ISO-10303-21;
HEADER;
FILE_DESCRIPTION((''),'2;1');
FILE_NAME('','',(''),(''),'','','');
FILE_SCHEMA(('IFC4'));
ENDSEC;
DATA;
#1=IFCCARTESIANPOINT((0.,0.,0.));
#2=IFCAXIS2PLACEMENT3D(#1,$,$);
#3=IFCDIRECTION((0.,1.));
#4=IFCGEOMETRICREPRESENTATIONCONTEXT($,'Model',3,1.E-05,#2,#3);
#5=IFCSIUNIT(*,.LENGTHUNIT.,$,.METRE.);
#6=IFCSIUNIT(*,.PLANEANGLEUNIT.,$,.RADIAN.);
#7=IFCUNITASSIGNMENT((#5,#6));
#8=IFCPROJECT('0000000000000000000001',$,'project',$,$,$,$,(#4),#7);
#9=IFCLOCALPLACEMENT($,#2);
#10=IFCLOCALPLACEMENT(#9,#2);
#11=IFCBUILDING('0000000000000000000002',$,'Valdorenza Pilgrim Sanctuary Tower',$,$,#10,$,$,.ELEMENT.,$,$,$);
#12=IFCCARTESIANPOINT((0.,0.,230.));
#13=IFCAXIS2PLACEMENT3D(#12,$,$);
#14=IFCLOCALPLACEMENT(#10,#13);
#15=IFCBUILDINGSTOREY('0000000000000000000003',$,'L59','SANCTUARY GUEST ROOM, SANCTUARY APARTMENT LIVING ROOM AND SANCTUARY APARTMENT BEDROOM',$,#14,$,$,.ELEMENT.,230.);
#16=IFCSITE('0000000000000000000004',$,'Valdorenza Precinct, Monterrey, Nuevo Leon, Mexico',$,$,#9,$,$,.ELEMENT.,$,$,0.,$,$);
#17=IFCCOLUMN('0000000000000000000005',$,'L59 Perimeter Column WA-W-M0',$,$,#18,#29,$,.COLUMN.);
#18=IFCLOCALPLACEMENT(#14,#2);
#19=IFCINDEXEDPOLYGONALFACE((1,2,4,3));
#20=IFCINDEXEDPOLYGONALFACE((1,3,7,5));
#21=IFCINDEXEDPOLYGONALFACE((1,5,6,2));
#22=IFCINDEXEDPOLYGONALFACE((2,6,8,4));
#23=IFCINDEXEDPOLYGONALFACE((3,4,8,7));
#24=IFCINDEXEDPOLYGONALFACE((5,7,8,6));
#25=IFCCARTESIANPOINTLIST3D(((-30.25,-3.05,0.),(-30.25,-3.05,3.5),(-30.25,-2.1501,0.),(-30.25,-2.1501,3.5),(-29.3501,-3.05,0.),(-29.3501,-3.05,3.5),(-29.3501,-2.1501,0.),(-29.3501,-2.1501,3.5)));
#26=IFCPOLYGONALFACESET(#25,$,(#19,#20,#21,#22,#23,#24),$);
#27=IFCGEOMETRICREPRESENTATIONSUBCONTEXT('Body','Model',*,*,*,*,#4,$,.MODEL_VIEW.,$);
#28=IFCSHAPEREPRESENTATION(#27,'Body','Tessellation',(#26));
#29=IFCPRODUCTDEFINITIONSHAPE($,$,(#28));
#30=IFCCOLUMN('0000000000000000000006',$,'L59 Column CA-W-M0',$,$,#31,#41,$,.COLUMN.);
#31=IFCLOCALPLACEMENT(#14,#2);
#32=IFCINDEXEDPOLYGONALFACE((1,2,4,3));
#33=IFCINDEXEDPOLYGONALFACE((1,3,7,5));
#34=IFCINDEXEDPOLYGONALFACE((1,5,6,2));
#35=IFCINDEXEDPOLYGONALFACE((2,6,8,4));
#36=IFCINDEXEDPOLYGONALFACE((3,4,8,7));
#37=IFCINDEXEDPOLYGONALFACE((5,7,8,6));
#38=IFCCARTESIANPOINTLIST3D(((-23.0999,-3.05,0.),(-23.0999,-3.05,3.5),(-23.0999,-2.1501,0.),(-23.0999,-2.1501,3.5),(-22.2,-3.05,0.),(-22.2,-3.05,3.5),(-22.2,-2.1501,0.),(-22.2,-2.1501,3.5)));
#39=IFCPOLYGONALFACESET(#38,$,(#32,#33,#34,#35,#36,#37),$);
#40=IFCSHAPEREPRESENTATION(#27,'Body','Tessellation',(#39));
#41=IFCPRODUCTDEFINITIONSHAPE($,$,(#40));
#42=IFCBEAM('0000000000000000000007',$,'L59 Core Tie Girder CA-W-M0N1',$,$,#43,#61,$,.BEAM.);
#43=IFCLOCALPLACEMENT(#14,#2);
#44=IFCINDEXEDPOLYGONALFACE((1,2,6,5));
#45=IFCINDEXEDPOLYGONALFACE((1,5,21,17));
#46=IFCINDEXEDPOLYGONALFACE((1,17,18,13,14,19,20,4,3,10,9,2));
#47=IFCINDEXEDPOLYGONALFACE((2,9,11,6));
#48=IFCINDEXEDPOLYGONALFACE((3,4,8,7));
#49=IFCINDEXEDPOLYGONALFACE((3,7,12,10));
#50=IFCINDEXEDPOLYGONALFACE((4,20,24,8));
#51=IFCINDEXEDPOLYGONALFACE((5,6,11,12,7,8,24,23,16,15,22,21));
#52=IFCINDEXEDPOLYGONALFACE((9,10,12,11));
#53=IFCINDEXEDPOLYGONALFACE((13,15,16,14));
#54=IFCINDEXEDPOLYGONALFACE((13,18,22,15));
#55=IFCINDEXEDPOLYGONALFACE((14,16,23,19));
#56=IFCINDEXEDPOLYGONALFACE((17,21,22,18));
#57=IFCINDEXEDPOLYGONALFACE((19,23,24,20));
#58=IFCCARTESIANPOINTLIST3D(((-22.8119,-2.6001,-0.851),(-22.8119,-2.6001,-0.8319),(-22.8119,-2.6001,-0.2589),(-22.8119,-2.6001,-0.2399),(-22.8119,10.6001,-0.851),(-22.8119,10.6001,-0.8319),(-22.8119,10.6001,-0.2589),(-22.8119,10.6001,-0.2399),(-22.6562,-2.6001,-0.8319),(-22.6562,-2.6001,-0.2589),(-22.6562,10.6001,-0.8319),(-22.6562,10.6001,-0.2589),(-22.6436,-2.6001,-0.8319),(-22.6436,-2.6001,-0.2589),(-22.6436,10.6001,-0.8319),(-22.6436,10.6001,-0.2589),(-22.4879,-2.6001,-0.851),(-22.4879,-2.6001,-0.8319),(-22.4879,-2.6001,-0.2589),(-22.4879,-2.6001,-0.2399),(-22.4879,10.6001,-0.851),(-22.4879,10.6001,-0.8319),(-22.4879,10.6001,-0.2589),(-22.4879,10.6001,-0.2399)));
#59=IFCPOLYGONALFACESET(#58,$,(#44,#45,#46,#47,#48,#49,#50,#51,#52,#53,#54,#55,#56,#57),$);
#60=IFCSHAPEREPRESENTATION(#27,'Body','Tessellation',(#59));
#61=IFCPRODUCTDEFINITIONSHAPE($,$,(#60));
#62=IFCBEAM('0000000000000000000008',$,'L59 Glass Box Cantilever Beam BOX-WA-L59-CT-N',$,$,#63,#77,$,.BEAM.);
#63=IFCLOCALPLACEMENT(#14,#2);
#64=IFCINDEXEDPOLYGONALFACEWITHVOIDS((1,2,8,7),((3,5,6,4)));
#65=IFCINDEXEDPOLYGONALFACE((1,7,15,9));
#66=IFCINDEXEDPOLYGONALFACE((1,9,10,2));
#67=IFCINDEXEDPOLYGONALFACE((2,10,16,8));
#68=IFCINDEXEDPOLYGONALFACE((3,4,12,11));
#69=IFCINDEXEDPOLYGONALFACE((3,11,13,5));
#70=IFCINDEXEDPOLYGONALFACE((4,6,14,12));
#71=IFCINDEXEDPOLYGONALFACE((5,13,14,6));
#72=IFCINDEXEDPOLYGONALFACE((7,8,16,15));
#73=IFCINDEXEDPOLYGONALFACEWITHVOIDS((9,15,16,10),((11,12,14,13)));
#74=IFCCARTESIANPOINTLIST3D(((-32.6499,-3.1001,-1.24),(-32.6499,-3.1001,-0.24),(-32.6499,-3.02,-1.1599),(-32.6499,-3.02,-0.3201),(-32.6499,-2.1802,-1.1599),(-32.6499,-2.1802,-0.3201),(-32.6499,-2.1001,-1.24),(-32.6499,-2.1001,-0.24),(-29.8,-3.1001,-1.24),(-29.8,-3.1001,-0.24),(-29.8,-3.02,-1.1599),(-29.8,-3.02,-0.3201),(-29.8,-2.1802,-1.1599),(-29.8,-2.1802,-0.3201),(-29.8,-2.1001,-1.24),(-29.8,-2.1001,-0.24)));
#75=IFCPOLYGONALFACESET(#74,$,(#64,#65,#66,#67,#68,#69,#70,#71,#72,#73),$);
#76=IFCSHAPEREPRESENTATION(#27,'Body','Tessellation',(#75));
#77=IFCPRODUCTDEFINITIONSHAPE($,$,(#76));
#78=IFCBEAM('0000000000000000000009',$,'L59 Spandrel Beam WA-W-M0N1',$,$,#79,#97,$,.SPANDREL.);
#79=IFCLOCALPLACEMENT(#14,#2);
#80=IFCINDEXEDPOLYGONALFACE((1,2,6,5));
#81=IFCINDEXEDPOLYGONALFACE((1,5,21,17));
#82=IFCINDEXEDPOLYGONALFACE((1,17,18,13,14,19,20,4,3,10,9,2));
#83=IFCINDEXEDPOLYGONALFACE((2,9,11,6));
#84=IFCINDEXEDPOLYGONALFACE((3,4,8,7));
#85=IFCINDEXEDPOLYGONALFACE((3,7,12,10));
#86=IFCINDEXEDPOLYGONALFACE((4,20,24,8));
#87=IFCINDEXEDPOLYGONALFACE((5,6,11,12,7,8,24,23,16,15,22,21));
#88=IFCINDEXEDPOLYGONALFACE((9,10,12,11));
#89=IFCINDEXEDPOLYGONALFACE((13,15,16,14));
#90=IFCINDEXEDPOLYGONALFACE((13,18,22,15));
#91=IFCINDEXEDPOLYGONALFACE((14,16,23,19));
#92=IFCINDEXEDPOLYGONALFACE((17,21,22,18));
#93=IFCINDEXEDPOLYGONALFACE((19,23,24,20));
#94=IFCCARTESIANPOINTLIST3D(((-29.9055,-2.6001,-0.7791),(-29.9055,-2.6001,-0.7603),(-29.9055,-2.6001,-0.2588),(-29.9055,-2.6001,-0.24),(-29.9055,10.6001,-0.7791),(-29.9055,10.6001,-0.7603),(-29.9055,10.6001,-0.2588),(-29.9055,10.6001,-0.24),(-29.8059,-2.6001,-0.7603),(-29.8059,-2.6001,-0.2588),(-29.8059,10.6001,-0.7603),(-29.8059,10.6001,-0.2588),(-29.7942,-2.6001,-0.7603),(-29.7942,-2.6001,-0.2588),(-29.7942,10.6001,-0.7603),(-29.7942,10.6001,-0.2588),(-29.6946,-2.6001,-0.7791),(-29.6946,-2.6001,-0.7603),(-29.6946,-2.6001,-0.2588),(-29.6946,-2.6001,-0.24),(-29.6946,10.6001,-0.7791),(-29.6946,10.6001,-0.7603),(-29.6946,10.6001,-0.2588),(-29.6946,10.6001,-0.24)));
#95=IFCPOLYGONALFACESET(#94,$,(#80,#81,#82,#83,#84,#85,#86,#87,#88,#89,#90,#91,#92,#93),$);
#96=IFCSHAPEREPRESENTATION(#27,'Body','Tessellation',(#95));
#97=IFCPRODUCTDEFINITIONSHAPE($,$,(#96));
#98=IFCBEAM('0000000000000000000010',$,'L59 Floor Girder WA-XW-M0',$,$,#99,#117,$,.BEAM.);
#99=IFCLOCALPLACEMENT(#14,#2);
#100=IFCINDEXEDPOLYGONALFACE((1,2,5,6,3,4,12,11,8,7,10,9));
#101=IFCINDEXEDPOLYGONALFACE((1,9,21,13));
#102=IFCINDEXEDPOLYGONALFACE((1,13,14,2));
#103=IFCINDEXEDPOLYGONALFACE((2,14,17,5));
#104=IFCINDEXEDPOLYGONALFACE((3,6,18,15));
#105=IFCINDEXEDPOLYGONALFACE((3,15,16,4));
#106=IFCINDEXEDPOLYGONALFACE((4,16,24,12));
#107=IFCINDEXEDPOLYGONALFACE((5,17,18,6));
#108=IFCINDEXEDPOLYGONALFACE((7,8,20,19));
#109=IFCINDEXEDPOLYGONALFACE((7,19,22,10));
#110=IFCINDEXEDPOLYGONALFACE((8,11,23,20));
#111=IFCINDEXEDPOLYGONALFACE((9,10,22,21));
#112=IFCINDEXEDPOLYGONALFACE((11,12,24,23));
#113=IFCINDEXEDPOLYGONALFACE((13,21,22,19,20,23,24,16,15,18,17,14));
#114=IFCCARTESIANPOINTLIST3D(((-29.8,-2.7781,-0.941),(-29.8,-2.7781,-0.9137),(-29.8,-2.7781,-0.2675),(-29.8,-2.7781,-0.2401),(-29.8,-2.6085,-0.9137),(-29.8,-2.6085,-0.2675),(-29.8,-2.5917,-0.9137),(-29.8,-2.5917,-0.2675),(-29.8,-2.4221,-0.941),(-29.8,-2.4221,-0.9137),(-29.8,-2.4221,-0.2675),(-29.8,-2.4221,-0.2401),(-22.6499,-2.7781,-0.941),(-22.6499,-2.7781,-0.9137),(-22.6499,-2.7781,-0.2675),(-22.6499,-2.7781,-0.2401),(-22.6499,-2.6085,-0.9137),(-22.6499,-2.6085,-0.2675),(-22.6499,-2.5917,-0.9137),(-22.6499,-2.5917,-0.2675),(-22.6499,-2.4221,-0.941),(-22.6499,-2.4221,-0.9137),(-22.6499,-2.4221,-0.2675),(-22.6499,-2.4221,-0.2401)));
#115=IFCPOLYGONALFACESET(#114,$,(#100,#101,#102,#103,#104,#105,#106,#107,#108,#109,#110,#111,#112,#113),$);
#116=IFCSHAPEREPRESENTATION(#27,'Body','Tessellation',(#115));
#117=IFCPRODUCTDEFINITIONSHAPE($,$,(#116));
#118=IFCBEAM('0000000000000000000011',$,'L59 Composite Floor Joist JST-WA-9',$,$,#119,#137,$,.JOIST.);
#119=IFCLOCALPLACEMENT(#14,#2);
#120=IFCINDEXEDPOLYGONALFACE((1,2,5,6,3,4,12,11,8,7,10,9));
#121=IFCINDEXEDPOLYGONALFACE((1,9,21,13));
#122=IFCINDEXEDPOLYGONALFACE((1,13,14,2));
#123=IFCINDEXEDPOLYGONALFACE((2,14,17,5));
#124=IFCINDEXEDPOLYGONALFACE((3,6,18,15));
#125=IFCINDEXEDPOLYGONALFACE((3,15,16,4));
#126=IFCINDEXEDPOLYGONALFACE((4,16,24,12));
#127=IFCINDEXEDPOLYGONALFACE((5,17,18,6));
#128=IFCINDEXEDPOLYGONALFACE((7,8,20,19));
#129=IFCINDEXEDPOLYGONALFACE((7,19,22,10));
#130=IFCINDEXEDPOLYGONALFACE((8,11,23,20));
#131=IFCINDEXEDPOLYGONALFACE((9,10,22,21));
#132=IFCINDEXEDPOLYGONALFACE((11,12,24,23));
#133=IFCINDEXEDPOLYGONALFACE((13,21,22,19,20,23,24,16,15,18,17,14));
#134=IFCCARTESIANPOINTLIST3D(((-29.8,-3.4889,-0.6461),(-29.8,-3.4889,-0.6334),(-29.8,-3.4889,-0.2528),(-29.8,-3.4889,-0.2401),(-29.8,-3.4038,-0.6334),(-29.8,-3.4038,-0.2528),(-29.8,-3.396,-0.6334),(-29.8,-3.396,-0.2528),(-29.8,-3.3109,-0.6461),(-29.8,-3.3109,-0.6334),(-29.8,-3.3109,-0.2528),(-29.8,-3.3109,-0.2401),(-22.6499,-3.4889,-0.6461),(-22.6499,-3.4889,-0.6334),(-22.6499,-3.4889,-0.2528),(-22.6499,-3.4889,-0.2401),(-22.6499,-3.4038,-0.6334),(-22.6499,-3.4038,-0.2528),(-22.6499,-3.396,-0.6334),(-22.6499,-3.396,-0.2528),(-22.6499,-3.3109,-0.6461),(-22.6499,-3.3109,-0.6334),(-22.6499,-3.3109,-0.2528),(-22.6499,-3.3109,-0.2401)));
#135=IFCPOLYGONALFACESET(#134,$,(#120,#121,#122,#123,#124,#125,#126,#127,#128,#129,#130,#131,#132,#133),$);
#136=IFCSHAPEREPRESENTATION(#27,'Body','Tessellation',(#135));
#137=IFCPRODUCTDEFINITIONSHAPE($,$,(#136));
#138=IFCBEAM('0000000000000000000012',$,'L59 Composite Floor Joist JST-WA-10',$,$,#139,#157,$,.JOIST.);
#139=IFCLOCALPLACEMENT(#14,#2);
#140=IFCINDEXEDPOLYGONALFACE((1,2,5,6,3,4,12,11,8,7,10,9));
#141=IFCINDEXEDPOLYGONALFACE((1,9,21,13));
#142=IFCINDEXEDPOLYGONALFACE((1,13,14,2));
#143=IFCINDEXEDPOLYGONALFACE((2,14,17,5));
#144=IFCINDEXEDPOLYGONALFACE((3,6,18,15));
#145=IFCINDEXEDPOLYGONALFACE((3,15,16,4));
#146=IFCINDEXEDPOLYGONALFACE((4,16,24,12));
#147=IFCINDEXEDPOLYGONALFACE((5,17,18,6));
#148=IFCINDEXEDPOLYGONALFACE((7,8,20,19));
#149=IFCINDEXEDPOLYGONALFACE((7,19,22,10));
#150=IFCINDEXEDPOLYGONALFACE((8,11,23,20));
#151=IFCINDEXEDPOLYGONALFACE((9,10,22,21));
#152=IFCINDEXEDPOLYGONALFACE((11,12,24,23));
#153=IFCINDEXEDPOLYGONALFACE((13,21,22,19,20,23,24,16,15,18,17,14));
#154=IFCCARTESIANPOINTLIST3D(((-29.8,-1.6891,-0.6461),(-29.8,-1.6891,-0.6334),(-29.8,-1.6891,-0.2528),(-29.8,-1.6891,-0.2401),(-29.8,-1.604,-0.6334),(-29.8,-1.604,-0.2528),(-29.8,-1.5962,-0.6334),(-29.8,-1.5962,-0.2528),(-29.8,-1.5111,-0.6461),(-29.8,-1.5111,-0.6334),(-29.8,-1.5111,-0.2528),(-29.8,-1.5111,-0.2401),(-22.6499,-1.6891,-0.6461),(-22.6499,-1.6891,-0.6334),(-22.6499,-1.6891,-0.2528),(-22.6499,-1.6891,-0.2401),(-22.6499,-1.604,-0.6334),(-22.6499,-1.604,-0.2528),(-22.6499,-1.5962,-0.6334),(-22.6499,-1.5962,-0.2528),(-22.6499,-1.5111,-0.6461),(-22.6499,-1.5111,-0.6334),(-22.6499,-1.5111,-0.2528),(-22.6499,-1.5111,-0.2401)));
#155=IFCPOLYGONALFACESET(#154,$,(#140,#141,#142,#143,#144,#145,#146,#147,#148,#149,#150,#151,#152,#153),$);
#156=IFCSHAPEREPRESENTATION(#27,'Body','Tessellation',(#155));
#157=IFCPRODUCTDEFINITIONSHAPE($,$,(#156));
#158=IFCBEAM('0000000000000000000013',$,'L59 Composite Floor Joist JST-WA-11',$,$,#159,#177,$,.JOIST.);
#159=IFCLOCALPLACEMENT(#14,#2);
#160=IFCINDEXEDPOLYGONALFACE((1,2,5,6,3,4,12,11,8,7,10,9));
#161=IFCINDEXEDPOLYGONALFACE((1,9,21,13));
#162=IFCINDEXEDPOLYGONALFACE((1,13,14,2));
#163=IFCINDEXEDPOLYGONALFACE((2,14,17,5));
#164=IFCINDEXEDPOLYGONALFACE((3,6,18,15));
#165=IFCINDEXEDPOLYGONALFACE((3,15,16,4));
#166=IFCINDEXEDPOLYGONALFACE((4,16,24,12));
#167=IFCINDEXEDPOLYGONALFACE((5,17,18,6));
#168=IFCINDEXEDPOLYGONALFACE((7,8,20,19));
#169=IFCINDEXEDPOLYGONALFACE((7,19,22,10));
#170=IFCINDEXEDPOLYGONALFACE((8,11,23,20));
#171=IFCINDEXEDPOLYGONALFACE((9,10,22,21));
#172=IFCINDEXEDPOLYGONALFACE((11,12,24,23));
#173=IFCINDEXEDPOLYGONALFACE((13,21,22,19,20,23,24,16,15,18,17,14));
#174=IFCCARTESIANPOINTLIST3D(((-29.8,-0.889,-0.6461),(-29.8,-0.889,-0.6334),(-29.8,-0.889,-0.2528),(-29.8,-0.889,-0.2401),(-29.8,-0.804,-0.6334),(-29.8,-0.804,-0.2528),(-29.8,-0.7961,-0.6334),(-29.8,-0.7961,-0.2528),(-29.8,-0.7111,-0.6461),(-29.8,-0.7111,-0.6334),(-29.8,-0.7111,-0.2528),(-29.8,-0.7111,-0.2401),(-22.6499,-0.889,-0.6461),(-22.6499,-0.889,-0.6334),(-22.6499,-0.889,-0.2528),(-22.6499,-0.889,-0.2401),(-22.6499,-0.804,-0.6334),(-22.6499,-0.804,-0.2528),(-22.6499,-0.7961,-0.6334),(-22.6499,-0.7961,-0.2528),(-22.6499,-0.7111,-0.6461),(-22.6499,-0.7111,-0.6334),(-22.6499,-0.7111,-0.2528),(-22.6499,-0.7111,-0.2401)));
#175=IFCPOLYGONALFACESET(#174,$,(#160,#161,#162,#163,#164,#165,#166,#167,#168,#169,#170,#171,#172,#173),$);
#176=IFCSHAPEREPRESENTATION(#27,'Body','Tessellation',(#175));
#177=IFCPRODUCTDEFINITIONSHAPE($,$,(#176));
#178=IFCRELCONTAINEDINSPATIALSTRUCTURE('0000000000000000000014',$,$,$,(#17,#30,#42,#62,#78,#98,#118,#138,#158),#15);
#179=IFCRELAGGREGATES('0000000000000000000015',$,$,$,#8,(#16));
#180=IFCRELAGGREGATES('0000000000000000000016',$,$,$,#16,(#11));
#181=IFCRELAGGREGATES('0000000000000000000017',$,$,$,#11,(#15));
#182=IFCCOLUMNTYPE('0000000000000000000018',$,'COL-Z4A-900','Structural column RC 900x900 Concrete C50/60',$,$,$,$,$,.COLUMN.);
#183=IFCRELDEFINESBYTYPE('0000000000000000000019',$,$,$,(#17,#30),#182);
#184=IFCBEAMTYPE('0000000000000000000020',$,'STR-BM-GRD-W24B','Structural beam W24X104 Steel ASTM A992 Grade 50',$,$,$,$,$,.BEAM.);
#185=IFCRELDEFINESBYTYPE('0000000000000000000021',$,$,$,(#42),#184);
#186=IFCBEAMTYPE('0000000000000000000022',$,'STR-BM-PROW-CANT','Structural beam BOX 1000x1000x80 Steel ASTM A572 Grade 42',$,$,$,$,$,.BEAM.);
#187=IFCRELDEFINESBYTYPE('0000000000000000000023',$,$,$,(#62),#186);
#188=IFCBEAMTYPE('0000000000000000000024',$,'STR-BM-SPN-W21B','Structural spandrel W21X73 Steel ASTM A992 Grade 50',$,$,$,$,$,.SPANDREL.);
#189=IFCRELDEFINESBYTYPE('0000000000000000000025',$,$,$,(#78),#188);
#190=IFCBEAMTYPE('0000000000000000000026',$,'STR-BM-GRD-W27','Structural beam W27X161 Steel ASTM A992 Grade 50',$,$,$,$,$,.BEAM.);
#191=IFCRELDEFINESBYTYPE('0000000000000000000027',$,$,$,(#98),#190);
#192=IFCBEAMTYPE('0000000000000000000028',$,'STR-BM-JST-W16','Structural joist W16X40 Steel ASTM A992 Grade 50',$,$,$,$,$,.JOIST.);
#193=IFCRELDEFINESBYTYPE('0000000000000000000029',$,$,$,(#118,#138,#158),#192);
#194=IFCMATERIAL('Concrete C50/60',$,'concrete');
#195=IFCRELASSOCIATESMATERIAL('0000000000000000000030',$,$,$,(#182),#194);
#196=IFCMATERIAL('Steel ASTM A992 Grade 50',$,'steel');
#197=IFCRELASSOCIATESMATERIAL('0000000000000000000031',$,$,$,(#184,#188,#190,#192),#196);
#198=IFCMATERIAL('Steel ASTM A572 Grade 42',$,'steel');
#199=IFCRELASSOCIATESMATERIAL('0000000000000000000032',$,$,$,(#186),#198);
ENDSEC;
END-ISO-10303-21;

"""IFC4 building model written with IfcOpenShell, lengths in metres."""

from ifc_helpers import new_model, si_unit, direction, frame, origin, origin_2d, place, context, subcontext, project, spatial, rectangle, hollow_rectangle, i_section, extrude, source, transform, mapped, material, material_profile, profile_set, type_object, element, save


model = new_model("IFC4")

# Units and contexts
model_context = context("Model", 3, precision=1e-05, world=origin(), true_north=direction((0.0, 1.0)))
body_context = subcontext(model_context, "Body", "Model", "MODEL_VIEW")
ifc_project = project(units=[si_unit("LENGTHUNIT", "METRE"), si_unit("PLANEANGLEUNIT", "RADIAN")], contexts=[model_context])

# Site, building, storey
site_placement = place(None, origin())
site = spatial("IfcSite", under=ifc_project, at=site_placement, Name="Valdorenza Precinct, Monterrey, Nuevo Leon, Mexico", CompositionType="ELEMENT", RefElevation=0.0)
building_placement = place(site_placement, origin())
building = spatial("IfcBuilding", under=site, at=building_placement, Name="Valdorenza Pilgrim Sanctuary Tower", CompositionType="ELEMENT")
storey_placement = place(building_placement, frame((0.0, 0.0, 230.0)))
storey = spatial("IfcBuildingStorey", under=building, at=storey_placement, Name="L59", Description="SANCTUARY GUEST ROOM, SANCTUARY APARTMENT LIVING ROOM AND SANCTUARY APARTMENT BEDROOM", CompositionType="ELEMENT", Elevation=230.0)

# Columns
ifc_material_1 = material(Name="Concrete C50/60", Category="concrete")
ifc_material_profile_1 = material_profile(ifc_material_1, rectangle(XDim=0.8999, YDim=0.8999, at=origin_2d()), Name="RC 900x900")
ifc_profile_set_1 = profile_set([ifc_material_profile_1], Name="Concrete C50/60")
column_type = type_object("IfcColumnType", Name="COL-Z4A-900", Description="Structural column RC 900x900 Concrete C50/60", PredefinedType="COLUMN", material=ifc_profile_set_1)
shared_shape_1 = source(origin(), body_context, "Body", "SweptSolid", [
    extrude(rectangle(XDim=0.8999, YDim=0.8999, at=origin_2d()), origin(), (0.0, 0.0, 1.0), 3.5),
])
for number, where, z_axis, x_axis, name in (
    (1, (-29.8, -2.6001, 0.0), (0.0, 0.0, 1.0), (1.0, 0.0, 0.0), "L59 Perimeter Column WA-W-M0"),
    (2, (-22.6499, -2.6001, 0.0), (0.0, 0.0, 1.0), (1.0, 0.0, 0.0), "L59 Column CA-W-M0"),
):
    element("IfcColumn", number, at=place(storey_placement, frame(where, z_axis=z_axis, x_axis=x_axis)), inside=storey, type_object=column_type, Name=name, PredefinedType="COLUMN", context=body_context, shape_type="MappedRepresentation", body=[
        mapped(shared_shape_1, transform((0.0, 0.0, 0.0), x_axis=(1.0, 0.0, 0.0), y_axis=(0.0, 1.0, 0.0), z_axis=(0.0, 0.0, 1.0), scale=1.0)),
    ])

# Beams
ifc_material_2 = material(Name="Steel ASTM A992 Grade 50", Category="steel")
ifc_material_profile_2 = material_profile(ifc_material_2, i_section(OverallWidth=0.324, OverallDepth=0.6111, WebThickness=0.0127, FlangeThickness=0.019, at=origin_2d()), Name="W24X104")
ifc_profile_set_2 = profile_set([ifc_material_profile_2], Name="Steel ASTM A992 Grade 50")
beam_type_1 = type_object("IfcBeamType", Name="STR-BM-GRD-W24B", Description="Structural beam W24X104 Steel ASTM A992 Grade 50", PredefinedType="BEAM", material=ifc_profile_set_2)
shared_shape_2 = source(origin(), body_context, "Body", "SweptSolid", [
    extrude(i_section(OverallWidth=0.324, OverallDepth=0.6111, WebThickness=0.0127, FlangeThickness=0.019, at=origin_2d()), origin(), (0.0, 0.0, 1.0), 13.2002),
])
beam_1_placement = place(storey_placement, frame((-22.6499, -2.6001, -0.5454), z_axis=(0.0, 1.0, 0.0), x_axis=(-1.0, 0.0, 0.0)))
element("IfcBeam", 3, at=beam_1_placement, inside=storey, type_object=beam_type_1, Name="L59 Core Tie Girder CA-W-M0N1", PredefinedType="BEAM", context=body_context, shape_type="MappedRepresentation", body=[
    mapped(shared_shape_2, transform((0.0, 0.0, 0.0), x_axis=(1.0, 0.0, 0.0), y_axis=(0.0, 1.0, 0.0), z_axis=(0.0, 0.0, 1.0), scale=1.0)),
])
ifc_material_3 = material(Name="Steel ASTM A572 Grade 42", Category="steel")
ifc_material_profile_3 = material_profile(ifc_material_3, hollow_rectangle(XDim=1.0, YDim=1.0, WallThickness=0.0801, at=origin_2d()), Name="BOX 1000x1000x80")
ifc_profile_set_3 = profile_set([ifc_material_profile_3], Name="Steel ASTM A572 Grade 42")
beam_type_2 = type_object("IfcBeamType", Name="STR-BM-PROW-CANT", Description="Structural beam BOX 1000x1000x80 Steel ASTM A572 Grade 42", PredefinedType="BEAM", material=ifc_profile_set_3)
shared_shape_3 = source(origin(), body_context, "Body", "SweptSolid", [
    extrude(hollow_rectangle(XDim=1.0, YDim=1.0, WallThickness=0.0801, at=origin_2d()), origin(), (0.0, 0.0, 1.0), 2.8499),
])
beam_2_placement = place(storey_placement, frame((-29.8, -2.6001, -0.74), z_axis=(-1.0, 0.0, 0.0), x_axis=(0.0, -1.0, 0.0)))
element("IfcBeam", 4, at=beam_2_placement, inside=storey, type_object=beam_type_2, Name="L59 Glass Box Cantilever Beam BOX-WA-L59-CT-N", PredefinedType="BEAM", context=body_context, shape_type="MappedRepresentation", body=[
    mapped(shared_shape_3, transform((0.0, 0.0, 0.0), x_axis=(1.0, 0.0, 0.0), y_axis=(0.0, 1.0, 0.0), z_axis=(0.0, 0.0, 1.0), scale=1.0)),
])
ifc_material_profile_4 = material_profile(ifc_material_2, i_section(OverallWidth=0.2109, OverallDepth=0.5391, WebThickness=0.0117, FlangeThickness=0.0188, at=origin_2d()), Name="W21X73")
ifc_profile_set_4 = profile_set([ifc_material_profile_4], Name="Steel ASTM A992 Grade 50")
beam_type_3 = type_object("IfcBeamType", Name="STR-BM-SPN-W21B", Description="Structural spandrel W21X73 Steel ASTM A992 Grade 50", PredefinedType="SPANDREL", material=ifc_profile_set_4)
shared_shape_4 = source(origin(), body_context, "Body", "SweptSolid", [
    extrude(i_section(OverallWidth=0.2109, OverallDepth=0.5391, WebThickness=0.0117, FlangeThickness=0.0188, at=origin_2d()), origin(), (0.0, 0.0, 1.0), 13.2002),
])
beam_3_placement = place(storey_placement, frame((-29.8, -2.6001, -0.5095), z_axis=(0.0, 1.0, 0.0), x_axis=(-1.0, 0.0, 0.0)))
element("IfcBeam", 5, at=beam_3_placement, inside=storey, type_object=beam_type_3, Name="L59 Spandrel Beam WA-W-M0N1", PredefinedType="SPANDREL", context=body_context, shape_type="MappedRepresentation", body=[
    mapped(shared_shape_4, transform((0.0, 0.0, 0.0), x_axis=(1.0, 0.0, 0.0), y_axis=(0.0, 1.0, 0.0), z_axis=(0.0, 0.0, 1.0), scale=1.0)),
])
ifc_material_profile_5 = material_profile(ifc_material_2, i_section(OverallWidth=0.356, OverallDepth=0.7009, WebThickness=0.0168, FlangeThickness=0.0273, at=origin_2d()), Name="W27X161")
ifc_profile_set_5 = profile_set([ifc_material_profile_5], Name="Steel ASTM A992 Grade 50")
beam_type_4 = type_object("IfcBeamType", Name="STR-BM-GRD-W27", Description="Structural beam W27X161 Steel ASTM A992 Grade 50", PredefinedType="BEAM", material=ifc_profile_set_5)
shared_shape_5 = source(origin(), body_context, "Body", "SweptSolid", [
    extrude(i_section(OverallWidth=0.356, OverallDepth=0.7009, WebThickness=0.0168, FlangeThickness=0.0273, at=origin_2d()), origin(), (0.0, 0.0, 1.0), 7.1501),
])
beam_4_placement = place(storey_placement, frame((-29.8, -2.6001, -0.5906), z_axis=(1.0, 0.0, 0.0), x_axis=(0.0, 1.0, 0.0)))
element("IfcBeam", 6, at=beam_4_placement, inside=storey, type_object=beam_type_4, Name="L59 Floor Girder WA-XW-M0", PredefinedType="BEAM", context=body_context, shape_type="MappedRepresentation", body=[
    mapped(shared_shape_5, transform((0.0, 0.0, 0.0), x_axis=(1.0, 0.0, 0.0), y_axis=(0.0, 1.0, 0.0), z_axis=(0.0, 0.0, 1.0), scale=1.0)),
])
ifc_material_profile_6 = material_profile(ifc_material_2, i_section(OverallWidth=0.178, OverallDepth=0.406, WebThickness=0.0078, FlangeThickness=0.0127, at=origin_2d()), Name="W16X40")
ifc_profile_set_6 = profile_set([ifc_material_profile_6], Name="Steel ASTM A992 Grade 50")
beam_type_5 = type_object("IfcBeamType", Name="STR-BM-JST-W16", Description="Structural joist W16X40 Steel ASTM A992 Grade 50", PredefinedType="JOIST", material=ifc_profile_set_6)
shared_shape_6 = source(origin(), body_context, "Body", "SweptSolid", [
    extrude(i_section(OverallWidth=0.178, OverallDepth=0.406, WebThickness=0.0078, FlangeThickness=0.0127, at=origin_2d()), origin(), (0.0, 0.0, 1.0), 7.1501),
])
for number, where, z_axis, x_axis, name in (
    (7, (-29.8, -3.3999, -0.4431), (1.0, 0.0, 0.0), (0.0, 1.0, 0.0), "L59 Composite Floor Joist JST-WA-9"),
    (8, (-29.8, -1.6001, -0.4431), (1.0, 0.0, 0.0), (0.0, 1.0, 0.0), "L59 Composite Floor Joist JST-WA-10"),
    (9, (-29.8, -0.8, -0.4431), (1.0, 0.0, 0.0), (0.0, 1.0, 0.0), "L59 Composite Floor Joist JST-WA-11"),
):
    element("IfcBeam", number, at=place(storey_placement, frame(where, z_axis=z_axis, x_axis=x_axis)), inside=storey, type_object=beam_type_5, Name=name, PredefinedType="JOIST", context=body_context, shape_type="MappedRepresentation", body=[
        mapped(shared_shape_6, transform((0.0, 0.0, 0.0), x_axis=(1.0, 0.0, 0.0), y_axis=(0.0, 1.0, 0.0), z_axis=(0.0, 0.0, 1.0), scale=1.0)),
    ])

save(model, "model.ifc")
